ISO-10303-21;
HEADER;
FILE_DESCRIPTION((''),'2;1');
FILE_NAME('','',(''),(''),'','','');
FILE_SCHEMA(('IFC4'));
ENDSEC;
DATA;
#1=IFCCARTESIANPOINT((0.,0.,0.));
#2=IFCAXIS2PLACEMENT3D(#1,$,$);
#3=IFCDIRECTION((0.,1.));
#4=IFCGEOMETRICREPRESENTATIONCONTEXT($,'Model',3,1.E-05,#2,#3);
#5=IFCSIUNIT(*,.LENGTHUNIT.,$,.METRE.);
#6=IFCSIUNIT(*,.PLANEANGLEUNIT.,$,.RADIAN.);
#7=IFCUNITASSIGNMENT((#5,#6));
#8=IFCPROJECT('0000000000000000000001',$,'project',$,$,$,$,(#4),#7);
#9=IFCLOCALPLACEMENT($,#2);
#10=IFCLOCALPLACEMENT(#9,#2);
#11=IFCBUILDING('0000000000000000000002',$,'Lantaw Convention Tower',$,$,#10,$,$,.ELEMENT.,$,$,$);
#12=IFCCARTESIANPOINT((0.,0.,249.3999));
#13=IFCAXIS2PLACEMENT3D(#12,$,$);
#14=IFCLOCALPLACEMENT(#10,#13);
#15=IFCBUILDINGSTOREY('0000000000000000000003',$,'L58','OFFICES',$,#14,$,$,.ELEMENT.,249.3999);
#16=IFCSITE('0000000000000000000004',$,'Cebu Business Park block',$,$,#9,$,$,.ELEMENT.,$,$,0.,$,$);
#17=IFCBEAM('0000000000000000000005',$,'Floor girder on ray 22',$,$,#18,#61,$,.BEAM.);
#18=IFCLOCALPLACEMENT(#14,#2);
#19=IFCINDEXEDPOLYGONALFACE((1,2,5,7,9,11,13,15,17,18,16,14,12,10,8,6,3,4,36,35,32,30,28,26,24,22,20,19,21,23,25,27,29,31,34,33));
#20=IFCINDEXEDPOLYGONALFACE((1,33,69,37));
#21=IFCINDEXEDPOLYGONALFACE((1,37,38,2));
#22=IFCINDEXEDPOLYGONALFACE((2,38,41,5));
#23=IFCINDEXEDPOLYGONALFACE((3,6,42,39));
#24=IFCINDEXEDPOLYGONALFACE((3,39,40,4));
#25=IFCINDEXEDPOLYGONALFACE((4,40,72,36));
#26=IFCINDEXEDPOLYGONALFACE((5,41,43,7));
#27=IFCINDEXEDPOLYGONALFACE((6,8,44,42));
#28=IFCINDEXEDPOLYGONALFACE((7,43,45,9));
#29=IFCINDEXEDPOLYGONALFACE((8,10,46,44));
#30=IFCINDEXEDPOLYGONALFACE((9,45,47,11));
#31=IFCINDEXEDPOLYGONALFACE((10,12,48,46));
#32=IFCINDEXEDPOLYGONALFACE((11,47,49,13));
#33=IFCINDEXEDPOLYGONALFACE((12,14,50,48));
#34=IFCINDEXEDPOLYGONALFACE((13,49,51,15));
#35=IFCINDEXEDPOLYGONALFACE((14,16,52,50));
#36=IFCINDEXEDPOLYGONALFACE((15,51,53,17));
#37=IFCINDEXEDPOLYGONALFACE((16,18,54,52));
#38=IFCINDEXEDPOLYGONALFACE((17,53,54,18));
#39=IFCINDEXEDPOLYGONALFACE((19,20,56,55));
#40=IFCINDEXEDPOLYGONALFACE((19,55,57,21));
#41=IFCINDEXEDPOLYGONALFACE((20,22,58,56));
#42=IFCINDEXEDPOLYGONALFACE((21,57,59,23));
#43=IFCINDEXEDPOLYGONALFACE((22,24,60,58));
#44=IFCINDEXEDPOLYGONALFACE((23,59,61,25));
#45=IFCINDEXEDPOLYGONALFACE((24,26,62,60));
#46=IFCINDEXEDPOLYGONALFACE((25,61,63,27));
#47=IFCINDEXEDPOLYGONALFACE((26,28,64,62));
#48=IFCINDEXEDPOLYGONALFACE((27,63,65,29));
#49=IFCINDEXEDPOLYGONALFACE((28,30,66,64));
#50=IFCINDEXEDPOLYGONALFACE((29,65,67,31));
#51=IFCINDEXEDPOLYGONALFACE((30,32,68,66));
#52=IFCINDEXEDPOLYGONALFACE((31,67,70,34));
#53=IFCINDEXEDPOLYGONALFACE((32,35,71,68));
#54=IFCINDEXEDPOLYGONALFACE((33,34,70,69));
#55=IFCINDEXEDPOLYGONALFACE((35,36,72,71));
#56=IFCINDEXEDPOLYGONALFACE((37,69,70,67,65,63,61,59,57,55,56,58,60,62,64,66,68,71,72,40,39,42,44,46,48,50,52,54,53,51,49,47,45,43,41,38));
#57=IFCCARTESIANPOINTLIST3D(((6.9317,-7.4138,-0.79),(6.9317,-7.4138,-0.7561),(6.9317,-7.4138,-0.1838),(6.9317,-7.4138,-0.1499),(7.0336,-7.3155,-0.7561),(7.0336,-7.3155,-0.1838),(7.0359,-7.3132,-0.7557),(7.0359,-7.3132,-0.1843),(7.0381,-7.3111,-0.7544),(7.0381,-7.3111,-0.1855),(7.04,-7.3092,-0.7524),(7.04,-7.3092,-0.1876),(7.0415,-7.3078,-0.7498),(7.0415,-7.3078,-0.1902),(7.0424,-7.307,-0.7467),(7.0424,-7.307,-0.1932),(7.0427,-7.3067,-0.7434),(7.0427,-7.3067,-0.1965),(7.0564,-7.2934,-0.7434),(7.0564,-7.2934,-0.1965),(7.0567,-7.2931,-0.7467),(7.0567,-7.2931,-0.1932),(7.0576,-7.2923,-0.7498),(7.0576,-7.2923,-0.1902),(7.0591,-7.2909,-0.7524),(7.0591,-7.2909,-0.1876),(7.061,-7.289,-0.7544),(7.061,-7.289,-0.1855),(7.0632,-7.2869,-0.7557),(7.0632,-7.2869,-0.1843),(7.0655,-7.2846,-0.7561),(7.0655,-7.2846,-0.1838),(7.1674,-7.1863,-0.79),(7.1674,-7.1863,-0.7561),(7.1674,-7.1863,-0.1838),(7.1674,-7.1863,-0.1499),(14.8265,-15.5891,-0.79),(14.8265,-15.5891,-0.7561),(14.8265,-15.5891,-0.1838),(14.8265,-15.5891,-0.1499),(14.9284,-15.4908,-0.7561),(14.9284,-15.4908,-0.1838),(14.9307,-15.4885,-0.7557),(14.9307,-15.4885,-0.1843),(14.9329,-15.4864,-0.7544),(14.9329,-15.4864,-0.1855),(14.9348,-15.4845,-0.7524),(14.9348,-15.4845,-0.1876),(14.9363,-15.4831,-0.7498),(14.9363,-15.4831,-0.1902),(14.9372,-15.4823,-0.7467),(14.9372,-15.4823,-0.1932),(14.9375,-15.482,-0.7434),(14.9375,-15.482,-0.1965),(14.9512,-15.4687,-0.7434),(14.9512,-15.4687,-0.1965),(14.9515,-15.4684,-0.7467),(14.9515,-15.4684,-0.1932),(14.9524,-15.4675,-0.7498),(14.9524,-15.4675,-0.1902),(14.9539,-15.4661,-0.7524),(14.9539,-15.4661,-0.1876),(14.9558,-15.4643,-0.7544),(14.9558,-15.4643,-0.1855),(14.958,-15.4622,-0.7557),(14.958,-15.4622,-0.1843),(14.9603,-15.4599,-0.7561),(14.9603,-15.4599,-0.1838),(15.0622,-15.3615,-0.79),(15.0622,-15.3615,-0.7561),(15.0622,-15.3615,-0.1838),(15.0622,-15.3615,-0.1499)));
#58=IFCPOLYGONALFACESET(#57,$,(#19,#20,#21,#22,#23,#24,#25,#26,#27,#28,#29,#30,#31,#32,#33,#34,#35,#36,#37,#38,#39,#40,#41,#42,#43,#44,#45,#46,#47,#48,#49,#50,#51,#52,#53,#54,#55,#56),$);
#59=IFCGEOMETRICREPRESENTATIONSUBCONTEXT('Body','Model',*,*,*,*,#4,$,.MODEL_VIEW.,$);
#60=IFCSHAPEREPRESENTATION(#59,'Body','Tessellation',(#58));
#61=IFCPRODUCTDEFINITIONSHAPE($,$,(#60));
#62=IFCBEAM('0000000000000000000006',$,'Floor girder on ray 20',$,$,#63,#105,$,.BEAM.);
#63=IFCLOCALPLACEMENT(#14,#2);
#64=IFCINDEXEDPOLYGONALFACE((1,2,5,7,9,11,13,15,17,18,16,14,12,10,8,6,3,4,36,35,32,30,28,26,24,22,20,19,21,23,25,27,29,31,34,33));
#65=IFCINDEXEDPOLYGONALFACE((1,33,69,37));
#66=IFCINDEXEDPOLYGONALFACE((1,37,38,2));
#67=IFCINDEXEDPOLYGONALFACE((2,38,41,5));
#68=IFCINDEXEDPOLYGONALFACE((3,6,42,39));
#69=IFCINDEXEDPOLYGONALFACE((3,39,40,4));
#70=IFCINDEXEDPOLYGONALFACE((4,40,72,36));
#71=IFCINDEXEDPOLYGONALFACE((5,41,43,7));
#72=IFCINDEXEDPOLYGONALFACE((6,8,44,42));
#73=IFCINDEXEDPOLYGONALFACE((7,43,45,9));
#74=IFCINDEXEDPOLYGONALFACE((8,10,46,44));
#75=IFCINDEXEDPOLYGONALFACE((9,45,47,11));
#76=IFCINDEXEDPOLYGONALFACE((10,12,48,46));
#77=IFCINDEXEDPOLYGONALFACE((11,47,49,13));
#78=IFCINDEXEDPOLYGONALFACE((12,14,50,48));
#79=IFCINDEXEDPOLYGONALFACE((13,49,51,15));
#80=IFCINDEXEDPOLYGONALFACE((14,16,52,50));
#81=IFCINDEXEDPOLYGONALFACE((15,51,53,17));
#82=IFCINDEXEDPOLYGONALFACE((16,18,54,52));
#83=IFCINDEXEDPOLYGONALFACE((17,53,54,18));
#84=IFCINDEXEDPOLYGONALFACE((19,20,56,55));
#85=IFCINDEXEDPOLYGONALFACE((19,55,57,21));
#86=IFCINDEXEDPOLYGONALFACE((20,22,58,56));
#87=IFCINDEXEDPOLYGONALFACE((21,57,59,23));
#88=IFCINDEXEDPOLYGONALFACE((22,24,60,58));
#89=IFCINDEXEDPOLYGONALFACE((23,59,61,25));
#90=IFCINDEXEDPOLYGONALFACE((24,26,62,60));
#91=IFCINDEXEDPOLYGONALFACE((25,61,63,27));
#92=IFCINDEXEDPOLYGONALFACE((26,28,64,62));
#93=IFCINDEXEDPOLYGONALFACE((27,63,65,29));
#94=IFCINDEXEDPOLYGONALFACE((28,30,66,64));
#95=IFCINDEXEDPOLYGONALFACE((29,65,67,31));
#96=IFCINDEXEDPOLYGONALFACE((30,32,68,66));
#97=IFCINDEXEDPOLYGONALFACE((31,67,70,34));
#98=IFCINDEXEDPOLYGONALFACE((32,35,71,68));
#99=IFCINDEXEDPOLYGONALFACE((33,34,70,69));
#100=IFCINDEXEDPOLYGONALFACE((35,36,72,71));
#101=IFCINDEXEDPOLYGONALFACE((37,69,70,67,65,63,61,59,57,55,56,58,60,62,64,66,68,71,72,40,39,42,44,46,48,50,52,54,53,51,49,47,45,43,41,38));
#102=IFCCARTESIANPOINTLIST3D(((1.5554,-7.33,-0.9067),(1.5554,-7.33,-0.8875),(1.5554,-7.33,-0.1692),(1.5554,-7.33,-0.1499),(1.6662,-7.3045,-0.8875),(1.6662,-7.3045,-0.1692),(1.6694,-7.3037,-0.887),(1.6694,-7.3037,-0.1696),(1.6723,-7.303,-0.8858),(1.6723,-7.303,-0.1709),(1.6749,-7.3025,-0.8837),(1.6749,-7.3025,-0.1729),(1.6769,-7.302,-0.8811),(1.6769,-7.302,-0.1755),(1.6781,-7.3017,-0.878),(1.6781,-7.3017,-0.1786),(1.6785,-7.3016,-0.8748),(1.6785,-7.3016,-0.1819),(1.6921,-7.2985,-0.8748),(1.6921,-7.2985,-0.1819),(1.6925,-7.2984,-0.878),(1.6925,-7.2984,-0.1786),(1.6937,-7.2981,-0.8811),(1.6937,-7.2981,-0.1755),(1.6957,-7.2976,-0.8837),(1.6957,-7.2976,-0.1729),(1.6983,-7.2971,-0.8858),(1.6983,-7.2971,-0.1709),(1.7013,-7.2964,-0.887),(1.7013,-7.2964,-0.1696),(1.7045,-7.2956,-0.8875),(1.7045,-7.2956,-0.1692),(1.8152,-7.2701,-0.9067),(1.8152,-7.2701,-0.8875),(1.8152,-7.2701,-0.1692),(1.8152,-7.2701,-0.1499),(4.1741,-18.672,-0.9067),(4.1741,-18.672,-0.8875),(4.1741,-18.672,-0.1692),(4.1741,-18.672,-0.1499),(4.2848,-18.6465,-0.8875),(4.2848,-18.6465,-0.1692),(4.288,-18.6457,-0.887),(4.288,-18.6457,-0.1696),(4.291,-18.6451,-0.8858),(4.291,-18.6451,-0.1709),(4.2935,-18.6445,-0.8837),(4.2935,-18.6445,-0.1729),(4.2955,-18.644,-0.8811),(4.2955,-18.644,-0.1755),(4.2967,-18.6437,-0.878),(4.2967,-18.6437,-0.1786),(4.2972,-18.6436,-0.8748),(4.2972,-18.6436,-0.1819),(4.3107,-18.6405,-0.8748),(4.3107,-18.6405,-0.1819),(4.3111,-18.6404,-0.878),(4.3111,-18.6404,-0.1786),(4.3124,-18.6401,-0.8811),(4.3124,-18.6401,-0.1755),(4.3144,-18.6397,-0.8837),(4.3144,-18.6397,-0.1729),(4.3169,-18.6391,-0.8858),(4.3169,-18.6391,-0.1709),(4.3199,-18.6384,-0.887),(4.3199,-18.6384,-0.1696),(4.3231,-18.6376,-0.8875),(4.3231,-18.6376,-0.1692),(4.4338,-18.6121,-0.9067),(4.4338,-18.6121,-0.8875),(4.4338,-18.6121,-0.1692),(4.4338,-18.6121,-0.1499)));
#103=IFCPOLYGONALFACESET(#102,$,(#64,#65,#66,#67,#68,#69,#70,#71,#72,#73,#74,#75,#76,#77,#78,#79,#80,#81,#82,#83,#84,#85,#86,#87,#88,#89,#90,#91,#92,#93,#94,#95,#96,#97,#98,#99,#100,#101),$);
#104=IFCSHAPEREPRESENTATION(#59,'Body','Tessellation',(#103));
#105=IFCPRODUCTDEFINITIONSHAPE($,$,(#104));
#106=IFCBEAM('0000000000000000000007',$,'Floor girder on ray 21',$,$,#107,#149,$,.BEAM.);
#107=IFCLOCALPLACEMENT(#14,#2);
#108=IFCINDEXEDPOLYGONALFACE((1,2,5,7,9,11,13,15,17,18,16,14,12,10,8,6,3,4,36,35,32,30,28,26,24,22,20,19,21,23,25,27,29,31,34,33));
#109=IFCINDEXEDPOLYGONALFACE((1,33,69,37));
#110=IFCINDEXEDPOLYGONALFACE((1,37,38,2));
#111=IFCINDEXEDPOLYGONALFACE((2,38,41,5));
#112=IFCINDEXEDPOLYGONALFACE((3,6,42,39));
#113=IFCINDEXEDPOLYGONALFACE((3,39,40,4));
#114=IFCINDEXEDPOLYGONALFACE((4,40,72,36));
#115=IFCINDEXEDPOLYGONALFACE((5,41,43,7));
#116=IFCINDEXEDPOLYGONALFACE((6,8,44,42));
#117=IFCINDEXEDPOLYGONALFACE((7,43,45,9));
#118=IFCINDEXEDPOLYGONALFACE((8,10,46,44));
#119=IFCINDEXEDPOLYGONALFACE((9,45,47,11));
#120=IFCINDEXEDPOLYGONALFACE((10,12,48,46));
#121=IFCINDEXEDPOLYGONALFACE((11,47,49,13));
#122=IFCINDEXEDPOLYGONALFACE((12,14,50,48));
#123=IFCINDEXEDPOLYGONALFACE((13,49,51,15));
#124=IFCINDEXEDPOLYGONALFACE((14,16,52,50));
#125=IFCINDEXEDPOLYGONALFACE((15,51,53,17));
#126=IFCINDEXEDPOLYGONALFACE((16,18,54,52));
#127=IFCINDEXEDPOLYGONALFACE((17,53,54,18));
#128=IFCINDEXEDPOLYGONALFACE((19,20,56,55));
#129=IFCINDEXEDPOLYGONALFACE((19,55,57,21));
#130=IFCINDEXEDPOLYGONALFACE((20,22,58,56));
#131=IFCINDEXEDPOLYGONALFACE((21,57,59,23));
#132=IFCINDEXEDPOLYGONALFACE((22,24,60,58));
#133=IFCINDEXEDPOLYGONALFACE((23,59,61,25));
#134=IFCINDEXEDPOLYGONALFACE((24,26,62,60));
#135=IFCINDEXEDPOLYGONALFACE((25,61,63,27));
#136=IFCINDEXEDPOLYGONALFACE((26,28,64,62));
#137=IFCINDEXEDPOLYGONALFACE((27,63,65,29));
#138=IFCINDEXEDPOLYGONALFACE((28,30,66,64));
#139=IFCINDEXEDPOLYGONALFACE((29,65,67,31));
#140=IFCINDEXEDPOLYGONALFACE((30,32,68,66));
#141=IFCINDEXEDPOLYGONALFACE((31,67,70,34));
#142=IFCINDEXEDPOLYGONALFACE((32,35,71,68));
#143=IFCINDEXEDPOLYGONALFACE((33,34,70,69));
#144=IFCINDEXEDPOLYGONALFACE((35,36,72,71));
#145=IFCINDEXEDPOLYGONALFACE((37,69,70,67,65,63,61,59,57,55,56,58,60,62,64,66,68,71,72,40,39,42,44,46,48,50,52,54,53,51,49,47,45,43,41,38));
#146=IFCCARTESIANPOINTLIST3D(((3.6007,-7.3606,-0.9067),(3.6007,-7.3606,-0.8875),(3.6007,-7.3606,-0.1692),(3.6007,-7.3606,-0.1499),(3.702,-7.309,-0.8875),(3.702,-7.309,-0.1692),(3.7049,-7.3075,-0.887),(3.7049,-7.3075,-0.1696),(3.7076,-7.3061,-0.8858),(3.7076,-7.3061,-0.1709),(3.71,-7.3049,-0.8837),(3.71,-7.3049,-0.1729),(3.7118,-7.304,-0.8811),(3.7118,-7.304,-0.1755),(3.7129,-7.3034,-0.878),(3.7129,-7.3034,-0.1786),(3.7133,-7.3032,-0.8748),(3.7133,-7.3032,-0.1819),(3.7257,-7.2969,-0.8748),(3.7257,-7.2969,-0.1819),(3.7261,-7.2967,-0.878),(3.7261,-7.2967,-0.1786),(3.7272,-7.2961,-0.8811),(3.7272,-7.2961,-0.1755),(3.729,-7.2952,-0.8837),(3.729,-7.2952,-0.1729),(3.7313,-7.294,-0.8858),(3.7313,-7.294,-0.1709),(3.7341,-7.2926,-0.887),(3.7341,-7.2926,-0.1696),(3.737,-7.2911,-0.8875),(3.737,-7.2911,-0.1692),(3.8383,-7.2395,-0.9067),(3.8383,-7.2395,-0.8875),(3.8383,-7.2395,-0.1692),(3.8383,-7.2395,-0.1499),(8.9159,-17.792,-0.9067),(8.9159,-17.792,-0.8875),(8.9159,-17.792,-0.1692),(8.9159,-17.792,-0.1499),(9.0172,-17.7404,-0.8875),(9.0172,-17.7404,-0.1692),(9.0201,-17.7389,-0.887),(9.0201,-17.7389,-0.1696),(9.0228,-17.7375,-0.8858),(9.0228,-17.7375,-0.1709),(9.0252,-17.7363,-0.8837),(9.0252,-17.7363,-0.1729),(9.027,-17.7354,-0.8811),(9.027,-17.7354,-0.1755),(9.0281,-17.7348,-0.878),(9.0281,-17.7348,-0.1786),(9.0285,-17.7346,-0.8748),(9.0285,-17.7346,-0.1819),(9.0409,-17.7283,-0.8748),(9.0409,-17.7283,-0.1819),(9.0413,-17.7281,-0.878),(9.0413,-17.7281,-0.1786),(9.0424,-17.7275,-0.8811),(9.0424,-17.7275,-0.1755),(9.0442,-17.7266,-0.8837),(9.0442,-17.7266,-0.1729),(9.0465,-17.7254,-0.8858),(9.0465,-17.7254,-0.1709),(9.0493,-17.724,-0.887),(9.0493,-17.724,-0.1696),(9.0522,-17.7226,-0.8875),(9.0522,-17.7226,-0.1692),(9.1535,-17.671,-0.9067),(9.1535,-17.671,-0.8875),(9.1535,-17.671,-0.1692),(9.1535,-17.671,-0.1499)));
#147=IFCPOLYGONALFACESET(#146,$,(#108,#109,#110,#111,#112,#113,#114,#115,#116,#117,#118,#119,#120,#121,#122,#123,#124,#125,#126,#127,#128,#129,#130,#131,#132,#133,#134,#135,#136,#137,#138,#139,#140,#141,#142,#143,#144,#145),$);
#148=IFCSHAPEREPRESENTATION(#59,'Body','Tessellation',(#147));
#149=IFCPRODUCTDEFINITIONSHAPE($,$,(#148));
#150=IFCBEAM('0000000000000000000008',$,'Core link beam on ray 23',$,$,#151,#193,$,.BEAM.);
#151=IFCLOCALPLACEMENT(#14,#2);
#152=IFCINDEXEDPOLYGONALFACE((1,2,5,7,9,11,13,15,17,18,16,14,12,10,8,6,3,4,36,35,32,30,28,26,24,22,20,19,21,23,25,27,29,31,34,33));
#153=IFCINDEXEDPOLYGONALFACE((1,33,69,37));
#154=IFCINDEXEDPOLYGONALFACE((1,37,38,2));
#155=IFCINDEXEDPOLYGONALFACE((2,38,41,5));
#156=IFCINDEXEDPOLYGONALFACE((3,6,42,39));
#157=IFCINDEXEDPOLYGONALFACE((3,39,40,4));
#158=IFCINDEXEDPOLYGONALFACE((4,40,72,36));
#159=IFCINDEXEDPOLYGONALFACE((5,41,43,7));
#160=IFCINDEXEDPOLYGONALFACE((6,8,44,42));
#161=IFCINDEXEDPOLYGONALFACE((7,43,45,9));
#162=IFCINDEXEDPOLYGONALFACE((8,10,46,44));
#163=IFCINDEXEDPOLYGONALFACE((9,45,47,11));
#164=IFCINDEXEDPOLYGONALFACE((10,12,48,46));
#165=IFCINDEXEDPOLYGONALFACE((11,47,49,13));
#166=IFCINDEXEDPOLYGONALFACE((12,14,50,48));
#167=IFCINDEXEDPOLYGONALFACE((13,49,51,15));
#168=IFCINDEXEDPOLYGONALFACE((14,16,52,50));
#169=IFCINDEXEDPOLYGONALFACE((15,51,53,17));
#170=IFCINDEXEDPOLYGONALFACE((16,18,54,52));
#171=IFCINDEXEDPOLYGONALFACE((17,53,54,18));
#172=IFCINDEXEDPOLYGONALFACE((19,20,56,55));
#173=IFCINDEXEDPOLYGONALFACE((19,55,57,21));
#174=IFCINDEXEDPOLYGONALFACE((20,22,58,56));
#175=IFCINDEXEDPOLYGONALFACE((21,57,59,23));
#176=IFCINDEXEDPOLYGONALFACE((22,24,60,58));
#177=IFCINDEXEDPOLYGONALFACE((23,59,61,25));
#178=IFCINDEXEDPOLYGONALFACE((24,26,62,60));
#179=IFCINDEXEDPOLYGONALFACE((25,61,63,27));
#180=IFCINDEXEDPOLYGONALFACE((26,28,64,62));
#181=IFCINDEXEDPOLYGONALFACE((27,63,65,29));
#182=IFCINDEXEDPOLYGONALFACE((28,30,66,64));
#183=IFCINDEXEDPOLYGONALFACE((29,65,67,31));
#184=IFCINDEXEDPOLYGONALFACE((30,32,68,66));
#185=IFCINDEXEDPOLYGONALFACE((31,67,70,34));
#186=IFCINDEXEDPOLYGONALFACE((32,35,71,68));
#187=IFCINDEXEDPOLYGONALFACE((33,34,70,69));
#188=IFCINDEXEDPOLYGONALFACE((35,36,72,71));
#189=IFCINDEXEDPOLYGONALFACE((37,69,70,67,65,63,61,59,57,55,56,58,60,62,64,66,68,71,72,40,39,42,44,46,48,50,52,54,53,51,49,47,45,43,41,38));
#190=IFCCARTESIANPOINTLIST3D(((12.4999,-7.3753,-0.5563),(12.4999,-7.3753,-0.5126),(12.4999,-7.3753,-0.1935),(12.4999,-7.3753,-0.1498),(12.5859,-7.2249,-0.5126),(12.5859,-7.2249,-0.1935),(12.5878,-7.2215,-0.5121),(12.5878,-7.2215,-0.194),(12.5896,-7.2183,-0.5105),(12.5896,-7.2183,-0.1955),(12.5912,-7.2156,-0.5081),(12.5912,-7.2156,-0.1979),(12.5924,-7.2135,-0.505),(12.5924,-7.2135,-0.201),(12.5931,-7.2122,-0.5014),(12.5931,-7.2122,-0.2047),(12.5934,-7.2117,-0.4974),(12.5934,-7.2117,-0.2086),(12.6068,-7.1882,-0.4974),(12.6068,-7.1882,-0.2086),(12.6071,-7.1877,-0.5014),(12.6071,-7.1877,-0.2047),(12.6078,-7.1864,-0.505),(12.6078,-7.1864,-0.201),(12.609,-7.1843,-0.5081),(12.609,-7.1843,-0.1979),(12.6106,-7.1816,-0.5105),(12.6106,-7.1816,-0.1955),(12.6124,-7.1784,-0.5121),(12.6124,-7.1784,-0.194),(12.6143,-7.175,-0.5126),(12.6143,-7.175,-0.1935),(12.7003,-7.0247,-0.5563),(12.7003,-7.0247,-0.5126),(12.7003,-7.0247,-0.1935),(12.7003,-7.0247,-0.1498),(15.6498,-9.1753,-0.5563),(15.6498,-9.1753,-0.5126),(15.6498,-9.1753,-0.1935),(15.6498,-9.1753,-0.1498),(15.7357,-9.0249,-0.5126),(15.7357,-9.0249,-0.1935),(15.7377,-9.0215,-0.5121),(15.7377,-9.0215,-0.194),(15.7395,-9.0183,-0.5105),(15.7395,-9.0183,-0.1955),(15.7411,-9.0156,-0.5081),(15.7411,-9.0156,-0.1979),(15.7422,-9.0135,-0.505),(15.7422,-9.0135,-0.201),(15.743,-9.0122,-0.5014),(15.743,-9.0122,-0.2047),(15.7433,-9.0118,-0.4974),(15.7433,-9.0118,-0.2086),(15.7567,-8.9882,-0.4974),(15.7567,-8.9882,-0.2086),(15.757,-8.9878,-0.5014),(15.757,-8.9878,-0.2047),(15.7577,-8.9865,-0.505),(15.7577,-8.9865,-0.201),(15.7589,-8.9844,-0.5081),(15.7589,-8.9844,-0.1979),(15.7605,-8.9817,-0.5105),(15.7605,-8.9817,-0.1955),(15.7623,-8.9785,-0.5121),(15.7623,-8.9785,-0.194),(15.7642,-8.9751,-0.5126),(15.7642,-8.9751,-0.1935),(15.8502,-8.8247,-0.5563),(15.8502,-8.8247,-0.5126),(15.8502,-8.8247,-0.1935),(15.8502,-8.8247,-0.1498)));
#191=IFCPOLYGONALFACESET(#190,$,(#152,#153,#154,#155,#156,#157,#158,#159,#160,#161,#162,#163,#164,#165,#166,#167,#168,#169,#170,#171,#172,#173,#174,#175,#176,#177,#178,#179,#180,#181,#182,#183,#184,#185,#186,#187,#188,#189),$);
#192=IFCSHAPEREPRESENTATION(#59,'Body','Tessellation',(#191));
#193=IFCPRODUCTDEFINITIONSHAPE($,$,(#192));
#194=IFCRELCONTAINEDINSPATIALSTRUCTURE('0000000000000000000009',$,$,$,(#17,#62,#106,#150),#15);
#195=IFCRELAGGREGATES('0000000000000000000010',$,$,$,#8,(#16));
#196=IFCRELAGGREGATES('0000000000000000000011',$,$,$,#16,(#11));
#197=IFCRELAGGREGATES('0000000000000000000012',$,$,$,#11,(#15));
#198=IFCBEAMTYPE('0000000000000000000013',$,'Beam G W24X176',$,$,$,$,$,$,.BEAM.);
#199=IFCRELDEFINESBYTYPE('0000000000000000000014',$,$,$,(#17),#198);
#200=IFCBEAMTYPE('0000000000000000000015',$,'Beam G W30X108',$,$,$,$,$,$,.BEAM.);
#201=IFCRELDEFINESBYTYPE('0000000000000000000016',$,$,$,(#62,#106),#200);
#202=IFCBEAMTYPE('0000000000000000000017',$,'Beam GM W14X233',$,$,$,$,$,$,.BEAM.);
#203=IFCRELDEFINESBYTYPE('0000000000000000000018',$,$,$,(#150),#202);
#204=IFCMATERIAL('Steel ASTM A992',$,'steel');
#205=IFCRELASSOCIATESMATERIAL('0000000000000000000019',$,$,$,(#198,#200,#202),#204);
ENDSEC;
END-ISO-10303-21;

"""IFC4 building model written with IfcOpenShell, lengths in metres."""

from ifc_helpers import new_model, si_unit, direction, frame, origin, origin_2d, place, context, subcontext, project, spatial, i_section, extrude, material, material_profile, profile_set, type_object, element, save


model = new_model("IFC4")

# Units and contexts
model_context = context("Model", 3, precision=1e-05, world=origin(), true_north=direction((0.0, 1.0)))
body_context = subcontext(model_context, "Body", "Model", "MODEL_VIEW")
ifc_project = project(units=[si_unit("LENGTHUNIT", "METRE"), si_unit("PLANEANGLEUNIT", "RADIAN")], contexts=[model_context])

# Site, building, storey
site_placement = place(None, origin())
site = spatial("IfcSite", under=ifc_project, at=site_placement, Name="Cebu Business Park block", CompositionType="ELEMENT", RefElevation=0.0)
building_placement = place(site_placement, origin())
building = spatial("IfcBuilding", under=site, at=building_placement, Name="Lantaw Convention Tower", CompositionType="ELEMENT")
storey_placement = place(building_placement, frame((0.0, 0.0, 249.3999)))
storey = spatial("IfcBuildingStorey", under=building, at=storey_placement, Name="L58", Description="OFFICES", CompositionType="ELEMENT", Elevation=249.3999)

# Beams
ifc_material_1 = material(Name="Steel ASTM A992", Category="steel")
ifc_material_profile_1 = material_profile(ifc_material_1, i_section(OverallWidth=0.3276, OverallDepth=0.6401, WebThickness=0.019, FlangeThickness=0.0339, FilletRadius=0.0127, at=origin_2d()), Name="W24X176")
ifc_profile_set_1 = profile_set([ifc_material_profile_1], Name="Steel ASTM A992")
beam_type_1 = type_object("IfcBeamType", Name="Beam G W24X176", PredefinedType="BEAM", material=ifc_profile_set_1)
beam_1_placement = place(storey_placement, frame((7.0496, -7.3, -0.47), z_axis=(0.694658, -0.71934, 0.0), x_axis=(0.71934, 0.694658, 0.0)))
element("IfcBeam", 1, at=beam_1_placement, inside=storey, type_object=beam_type_1, Name="Floor girder on ray 22", PredefinedType="BEAM", context=body_context, shape_type="SweptSolid", body=[
    extrude(i_section(OverallWidth=0.3276, OverallDepth=0.6401, WebThickness=0.019, FlangeThickness=0.0339, FilletRadius=0.0127, at=origin_2d()), origin(), (0.0, 0.0, 1.0), 11.365),
])
ifc_material_profile_2 = material_profile(ifc_material_1, i_section(OverallWidth=0.2666, OverallDepth=0.7568, WebThickness=0.0139, FlangeThickness=0.0193, FilletRadius=0.0127, at=origin_2d()), Name="W30X108")
ifc_profile_set_2 = profile_set([ifc_material_profile_2], Name="Steel ASTM A992")
beam_type_2 = type_object("IfcBeamType", Name="Beam G W30X108", PredefinedType="BEAM", material=ifc_profile_set_2)
beam_2_placement = place(storey_placement, frame((1.6853, -7.3, -0.5283), z_axis=(0.224962, -0.974368, 0.0), x_axis=(0.974368, 0.224962, 0.0)))
element("IfcBeam", 2, at=beam_2_placement, inside=storey, type_object=beam_type_2, Name="Floor girder on ray 20", PredefinedType="BEAM", context=body_context, shape_type="SweptSolid", body=[
    extrude(i_section(OverallWidth=0.2666, OverallDepth=0.7568, WebThickness=0.0139, FlangeThickness=0.0193, FilletRadius=0.0127, at=origin_2d()), origin(), (0.0, 0.0, 1.0), 11.6404),
])
beam_3_placement = place(storey_placement, frame((3.7195, -7.3, -0.5283), z_axis=(0.453999, -0.891002, 0.0), x_axis=(0.891002, 0.453999, 0.0)))
element("IfcBeam", 3, at=beam_3_placement, inside=storey, type_object=beam_type_2, Name="Floor girder on ray 21", PredefinedType="BEAM", context=body_context, shape_type="SweptSolid", body=[
    extrude(i_section(OverallWidth=0.2666, OverallDepth=0.7568, WebThickness=0.0139, FlangeThickness=0.0193, FilletRadius=0.0127, at=origin_2d()), origin(), (0.0, 0.0, 1.0), 11.7075),
])
ifc_material_profile_3 = material_profile(ifc_material_1, i_section(OverallWidth=0.4038, OverallDepth=0.4065, WebThickness=0.0271, FlangeThickness=0.0437, FilletRadius=0.0151, at=origin_2d()), Name="W14X233")
ifc_profile_set_3 = profile_set([ifc_material_profile_3], Name="Steel ASTM A992")
beam_type_3 = type_object("IfcBeamType", Name="Beam GM W14X233", PredefinedType="BEAM", material=ifc_profile_set_3)
beam_4_placement = place(storey_placement, frame((12.6001, -7.2, -0.353), z_axis=(0.868231, -0.496161, 0.0), x_axis=(0.496161, 0.868231, 0.0)))
element("IfcBeam", 4, at=beam_4_placement, inside=storey, type_object=beam_type_3, Name="Core link beam on ray 23", PredefinedType="BEAM", context=body_context, shape_type="SweptSolid", body=[
    extrude(i_section(OverallWidth=0.4038, OverallDepth=0.4065, WebThickness=0.0271, FlangeThickness=0.0437, FilletRadius=0.0151, at=origin_2d()), origin(), (0.0, 0.0, 1.0), 3.6279),
])

save(model, "model.ifc")
